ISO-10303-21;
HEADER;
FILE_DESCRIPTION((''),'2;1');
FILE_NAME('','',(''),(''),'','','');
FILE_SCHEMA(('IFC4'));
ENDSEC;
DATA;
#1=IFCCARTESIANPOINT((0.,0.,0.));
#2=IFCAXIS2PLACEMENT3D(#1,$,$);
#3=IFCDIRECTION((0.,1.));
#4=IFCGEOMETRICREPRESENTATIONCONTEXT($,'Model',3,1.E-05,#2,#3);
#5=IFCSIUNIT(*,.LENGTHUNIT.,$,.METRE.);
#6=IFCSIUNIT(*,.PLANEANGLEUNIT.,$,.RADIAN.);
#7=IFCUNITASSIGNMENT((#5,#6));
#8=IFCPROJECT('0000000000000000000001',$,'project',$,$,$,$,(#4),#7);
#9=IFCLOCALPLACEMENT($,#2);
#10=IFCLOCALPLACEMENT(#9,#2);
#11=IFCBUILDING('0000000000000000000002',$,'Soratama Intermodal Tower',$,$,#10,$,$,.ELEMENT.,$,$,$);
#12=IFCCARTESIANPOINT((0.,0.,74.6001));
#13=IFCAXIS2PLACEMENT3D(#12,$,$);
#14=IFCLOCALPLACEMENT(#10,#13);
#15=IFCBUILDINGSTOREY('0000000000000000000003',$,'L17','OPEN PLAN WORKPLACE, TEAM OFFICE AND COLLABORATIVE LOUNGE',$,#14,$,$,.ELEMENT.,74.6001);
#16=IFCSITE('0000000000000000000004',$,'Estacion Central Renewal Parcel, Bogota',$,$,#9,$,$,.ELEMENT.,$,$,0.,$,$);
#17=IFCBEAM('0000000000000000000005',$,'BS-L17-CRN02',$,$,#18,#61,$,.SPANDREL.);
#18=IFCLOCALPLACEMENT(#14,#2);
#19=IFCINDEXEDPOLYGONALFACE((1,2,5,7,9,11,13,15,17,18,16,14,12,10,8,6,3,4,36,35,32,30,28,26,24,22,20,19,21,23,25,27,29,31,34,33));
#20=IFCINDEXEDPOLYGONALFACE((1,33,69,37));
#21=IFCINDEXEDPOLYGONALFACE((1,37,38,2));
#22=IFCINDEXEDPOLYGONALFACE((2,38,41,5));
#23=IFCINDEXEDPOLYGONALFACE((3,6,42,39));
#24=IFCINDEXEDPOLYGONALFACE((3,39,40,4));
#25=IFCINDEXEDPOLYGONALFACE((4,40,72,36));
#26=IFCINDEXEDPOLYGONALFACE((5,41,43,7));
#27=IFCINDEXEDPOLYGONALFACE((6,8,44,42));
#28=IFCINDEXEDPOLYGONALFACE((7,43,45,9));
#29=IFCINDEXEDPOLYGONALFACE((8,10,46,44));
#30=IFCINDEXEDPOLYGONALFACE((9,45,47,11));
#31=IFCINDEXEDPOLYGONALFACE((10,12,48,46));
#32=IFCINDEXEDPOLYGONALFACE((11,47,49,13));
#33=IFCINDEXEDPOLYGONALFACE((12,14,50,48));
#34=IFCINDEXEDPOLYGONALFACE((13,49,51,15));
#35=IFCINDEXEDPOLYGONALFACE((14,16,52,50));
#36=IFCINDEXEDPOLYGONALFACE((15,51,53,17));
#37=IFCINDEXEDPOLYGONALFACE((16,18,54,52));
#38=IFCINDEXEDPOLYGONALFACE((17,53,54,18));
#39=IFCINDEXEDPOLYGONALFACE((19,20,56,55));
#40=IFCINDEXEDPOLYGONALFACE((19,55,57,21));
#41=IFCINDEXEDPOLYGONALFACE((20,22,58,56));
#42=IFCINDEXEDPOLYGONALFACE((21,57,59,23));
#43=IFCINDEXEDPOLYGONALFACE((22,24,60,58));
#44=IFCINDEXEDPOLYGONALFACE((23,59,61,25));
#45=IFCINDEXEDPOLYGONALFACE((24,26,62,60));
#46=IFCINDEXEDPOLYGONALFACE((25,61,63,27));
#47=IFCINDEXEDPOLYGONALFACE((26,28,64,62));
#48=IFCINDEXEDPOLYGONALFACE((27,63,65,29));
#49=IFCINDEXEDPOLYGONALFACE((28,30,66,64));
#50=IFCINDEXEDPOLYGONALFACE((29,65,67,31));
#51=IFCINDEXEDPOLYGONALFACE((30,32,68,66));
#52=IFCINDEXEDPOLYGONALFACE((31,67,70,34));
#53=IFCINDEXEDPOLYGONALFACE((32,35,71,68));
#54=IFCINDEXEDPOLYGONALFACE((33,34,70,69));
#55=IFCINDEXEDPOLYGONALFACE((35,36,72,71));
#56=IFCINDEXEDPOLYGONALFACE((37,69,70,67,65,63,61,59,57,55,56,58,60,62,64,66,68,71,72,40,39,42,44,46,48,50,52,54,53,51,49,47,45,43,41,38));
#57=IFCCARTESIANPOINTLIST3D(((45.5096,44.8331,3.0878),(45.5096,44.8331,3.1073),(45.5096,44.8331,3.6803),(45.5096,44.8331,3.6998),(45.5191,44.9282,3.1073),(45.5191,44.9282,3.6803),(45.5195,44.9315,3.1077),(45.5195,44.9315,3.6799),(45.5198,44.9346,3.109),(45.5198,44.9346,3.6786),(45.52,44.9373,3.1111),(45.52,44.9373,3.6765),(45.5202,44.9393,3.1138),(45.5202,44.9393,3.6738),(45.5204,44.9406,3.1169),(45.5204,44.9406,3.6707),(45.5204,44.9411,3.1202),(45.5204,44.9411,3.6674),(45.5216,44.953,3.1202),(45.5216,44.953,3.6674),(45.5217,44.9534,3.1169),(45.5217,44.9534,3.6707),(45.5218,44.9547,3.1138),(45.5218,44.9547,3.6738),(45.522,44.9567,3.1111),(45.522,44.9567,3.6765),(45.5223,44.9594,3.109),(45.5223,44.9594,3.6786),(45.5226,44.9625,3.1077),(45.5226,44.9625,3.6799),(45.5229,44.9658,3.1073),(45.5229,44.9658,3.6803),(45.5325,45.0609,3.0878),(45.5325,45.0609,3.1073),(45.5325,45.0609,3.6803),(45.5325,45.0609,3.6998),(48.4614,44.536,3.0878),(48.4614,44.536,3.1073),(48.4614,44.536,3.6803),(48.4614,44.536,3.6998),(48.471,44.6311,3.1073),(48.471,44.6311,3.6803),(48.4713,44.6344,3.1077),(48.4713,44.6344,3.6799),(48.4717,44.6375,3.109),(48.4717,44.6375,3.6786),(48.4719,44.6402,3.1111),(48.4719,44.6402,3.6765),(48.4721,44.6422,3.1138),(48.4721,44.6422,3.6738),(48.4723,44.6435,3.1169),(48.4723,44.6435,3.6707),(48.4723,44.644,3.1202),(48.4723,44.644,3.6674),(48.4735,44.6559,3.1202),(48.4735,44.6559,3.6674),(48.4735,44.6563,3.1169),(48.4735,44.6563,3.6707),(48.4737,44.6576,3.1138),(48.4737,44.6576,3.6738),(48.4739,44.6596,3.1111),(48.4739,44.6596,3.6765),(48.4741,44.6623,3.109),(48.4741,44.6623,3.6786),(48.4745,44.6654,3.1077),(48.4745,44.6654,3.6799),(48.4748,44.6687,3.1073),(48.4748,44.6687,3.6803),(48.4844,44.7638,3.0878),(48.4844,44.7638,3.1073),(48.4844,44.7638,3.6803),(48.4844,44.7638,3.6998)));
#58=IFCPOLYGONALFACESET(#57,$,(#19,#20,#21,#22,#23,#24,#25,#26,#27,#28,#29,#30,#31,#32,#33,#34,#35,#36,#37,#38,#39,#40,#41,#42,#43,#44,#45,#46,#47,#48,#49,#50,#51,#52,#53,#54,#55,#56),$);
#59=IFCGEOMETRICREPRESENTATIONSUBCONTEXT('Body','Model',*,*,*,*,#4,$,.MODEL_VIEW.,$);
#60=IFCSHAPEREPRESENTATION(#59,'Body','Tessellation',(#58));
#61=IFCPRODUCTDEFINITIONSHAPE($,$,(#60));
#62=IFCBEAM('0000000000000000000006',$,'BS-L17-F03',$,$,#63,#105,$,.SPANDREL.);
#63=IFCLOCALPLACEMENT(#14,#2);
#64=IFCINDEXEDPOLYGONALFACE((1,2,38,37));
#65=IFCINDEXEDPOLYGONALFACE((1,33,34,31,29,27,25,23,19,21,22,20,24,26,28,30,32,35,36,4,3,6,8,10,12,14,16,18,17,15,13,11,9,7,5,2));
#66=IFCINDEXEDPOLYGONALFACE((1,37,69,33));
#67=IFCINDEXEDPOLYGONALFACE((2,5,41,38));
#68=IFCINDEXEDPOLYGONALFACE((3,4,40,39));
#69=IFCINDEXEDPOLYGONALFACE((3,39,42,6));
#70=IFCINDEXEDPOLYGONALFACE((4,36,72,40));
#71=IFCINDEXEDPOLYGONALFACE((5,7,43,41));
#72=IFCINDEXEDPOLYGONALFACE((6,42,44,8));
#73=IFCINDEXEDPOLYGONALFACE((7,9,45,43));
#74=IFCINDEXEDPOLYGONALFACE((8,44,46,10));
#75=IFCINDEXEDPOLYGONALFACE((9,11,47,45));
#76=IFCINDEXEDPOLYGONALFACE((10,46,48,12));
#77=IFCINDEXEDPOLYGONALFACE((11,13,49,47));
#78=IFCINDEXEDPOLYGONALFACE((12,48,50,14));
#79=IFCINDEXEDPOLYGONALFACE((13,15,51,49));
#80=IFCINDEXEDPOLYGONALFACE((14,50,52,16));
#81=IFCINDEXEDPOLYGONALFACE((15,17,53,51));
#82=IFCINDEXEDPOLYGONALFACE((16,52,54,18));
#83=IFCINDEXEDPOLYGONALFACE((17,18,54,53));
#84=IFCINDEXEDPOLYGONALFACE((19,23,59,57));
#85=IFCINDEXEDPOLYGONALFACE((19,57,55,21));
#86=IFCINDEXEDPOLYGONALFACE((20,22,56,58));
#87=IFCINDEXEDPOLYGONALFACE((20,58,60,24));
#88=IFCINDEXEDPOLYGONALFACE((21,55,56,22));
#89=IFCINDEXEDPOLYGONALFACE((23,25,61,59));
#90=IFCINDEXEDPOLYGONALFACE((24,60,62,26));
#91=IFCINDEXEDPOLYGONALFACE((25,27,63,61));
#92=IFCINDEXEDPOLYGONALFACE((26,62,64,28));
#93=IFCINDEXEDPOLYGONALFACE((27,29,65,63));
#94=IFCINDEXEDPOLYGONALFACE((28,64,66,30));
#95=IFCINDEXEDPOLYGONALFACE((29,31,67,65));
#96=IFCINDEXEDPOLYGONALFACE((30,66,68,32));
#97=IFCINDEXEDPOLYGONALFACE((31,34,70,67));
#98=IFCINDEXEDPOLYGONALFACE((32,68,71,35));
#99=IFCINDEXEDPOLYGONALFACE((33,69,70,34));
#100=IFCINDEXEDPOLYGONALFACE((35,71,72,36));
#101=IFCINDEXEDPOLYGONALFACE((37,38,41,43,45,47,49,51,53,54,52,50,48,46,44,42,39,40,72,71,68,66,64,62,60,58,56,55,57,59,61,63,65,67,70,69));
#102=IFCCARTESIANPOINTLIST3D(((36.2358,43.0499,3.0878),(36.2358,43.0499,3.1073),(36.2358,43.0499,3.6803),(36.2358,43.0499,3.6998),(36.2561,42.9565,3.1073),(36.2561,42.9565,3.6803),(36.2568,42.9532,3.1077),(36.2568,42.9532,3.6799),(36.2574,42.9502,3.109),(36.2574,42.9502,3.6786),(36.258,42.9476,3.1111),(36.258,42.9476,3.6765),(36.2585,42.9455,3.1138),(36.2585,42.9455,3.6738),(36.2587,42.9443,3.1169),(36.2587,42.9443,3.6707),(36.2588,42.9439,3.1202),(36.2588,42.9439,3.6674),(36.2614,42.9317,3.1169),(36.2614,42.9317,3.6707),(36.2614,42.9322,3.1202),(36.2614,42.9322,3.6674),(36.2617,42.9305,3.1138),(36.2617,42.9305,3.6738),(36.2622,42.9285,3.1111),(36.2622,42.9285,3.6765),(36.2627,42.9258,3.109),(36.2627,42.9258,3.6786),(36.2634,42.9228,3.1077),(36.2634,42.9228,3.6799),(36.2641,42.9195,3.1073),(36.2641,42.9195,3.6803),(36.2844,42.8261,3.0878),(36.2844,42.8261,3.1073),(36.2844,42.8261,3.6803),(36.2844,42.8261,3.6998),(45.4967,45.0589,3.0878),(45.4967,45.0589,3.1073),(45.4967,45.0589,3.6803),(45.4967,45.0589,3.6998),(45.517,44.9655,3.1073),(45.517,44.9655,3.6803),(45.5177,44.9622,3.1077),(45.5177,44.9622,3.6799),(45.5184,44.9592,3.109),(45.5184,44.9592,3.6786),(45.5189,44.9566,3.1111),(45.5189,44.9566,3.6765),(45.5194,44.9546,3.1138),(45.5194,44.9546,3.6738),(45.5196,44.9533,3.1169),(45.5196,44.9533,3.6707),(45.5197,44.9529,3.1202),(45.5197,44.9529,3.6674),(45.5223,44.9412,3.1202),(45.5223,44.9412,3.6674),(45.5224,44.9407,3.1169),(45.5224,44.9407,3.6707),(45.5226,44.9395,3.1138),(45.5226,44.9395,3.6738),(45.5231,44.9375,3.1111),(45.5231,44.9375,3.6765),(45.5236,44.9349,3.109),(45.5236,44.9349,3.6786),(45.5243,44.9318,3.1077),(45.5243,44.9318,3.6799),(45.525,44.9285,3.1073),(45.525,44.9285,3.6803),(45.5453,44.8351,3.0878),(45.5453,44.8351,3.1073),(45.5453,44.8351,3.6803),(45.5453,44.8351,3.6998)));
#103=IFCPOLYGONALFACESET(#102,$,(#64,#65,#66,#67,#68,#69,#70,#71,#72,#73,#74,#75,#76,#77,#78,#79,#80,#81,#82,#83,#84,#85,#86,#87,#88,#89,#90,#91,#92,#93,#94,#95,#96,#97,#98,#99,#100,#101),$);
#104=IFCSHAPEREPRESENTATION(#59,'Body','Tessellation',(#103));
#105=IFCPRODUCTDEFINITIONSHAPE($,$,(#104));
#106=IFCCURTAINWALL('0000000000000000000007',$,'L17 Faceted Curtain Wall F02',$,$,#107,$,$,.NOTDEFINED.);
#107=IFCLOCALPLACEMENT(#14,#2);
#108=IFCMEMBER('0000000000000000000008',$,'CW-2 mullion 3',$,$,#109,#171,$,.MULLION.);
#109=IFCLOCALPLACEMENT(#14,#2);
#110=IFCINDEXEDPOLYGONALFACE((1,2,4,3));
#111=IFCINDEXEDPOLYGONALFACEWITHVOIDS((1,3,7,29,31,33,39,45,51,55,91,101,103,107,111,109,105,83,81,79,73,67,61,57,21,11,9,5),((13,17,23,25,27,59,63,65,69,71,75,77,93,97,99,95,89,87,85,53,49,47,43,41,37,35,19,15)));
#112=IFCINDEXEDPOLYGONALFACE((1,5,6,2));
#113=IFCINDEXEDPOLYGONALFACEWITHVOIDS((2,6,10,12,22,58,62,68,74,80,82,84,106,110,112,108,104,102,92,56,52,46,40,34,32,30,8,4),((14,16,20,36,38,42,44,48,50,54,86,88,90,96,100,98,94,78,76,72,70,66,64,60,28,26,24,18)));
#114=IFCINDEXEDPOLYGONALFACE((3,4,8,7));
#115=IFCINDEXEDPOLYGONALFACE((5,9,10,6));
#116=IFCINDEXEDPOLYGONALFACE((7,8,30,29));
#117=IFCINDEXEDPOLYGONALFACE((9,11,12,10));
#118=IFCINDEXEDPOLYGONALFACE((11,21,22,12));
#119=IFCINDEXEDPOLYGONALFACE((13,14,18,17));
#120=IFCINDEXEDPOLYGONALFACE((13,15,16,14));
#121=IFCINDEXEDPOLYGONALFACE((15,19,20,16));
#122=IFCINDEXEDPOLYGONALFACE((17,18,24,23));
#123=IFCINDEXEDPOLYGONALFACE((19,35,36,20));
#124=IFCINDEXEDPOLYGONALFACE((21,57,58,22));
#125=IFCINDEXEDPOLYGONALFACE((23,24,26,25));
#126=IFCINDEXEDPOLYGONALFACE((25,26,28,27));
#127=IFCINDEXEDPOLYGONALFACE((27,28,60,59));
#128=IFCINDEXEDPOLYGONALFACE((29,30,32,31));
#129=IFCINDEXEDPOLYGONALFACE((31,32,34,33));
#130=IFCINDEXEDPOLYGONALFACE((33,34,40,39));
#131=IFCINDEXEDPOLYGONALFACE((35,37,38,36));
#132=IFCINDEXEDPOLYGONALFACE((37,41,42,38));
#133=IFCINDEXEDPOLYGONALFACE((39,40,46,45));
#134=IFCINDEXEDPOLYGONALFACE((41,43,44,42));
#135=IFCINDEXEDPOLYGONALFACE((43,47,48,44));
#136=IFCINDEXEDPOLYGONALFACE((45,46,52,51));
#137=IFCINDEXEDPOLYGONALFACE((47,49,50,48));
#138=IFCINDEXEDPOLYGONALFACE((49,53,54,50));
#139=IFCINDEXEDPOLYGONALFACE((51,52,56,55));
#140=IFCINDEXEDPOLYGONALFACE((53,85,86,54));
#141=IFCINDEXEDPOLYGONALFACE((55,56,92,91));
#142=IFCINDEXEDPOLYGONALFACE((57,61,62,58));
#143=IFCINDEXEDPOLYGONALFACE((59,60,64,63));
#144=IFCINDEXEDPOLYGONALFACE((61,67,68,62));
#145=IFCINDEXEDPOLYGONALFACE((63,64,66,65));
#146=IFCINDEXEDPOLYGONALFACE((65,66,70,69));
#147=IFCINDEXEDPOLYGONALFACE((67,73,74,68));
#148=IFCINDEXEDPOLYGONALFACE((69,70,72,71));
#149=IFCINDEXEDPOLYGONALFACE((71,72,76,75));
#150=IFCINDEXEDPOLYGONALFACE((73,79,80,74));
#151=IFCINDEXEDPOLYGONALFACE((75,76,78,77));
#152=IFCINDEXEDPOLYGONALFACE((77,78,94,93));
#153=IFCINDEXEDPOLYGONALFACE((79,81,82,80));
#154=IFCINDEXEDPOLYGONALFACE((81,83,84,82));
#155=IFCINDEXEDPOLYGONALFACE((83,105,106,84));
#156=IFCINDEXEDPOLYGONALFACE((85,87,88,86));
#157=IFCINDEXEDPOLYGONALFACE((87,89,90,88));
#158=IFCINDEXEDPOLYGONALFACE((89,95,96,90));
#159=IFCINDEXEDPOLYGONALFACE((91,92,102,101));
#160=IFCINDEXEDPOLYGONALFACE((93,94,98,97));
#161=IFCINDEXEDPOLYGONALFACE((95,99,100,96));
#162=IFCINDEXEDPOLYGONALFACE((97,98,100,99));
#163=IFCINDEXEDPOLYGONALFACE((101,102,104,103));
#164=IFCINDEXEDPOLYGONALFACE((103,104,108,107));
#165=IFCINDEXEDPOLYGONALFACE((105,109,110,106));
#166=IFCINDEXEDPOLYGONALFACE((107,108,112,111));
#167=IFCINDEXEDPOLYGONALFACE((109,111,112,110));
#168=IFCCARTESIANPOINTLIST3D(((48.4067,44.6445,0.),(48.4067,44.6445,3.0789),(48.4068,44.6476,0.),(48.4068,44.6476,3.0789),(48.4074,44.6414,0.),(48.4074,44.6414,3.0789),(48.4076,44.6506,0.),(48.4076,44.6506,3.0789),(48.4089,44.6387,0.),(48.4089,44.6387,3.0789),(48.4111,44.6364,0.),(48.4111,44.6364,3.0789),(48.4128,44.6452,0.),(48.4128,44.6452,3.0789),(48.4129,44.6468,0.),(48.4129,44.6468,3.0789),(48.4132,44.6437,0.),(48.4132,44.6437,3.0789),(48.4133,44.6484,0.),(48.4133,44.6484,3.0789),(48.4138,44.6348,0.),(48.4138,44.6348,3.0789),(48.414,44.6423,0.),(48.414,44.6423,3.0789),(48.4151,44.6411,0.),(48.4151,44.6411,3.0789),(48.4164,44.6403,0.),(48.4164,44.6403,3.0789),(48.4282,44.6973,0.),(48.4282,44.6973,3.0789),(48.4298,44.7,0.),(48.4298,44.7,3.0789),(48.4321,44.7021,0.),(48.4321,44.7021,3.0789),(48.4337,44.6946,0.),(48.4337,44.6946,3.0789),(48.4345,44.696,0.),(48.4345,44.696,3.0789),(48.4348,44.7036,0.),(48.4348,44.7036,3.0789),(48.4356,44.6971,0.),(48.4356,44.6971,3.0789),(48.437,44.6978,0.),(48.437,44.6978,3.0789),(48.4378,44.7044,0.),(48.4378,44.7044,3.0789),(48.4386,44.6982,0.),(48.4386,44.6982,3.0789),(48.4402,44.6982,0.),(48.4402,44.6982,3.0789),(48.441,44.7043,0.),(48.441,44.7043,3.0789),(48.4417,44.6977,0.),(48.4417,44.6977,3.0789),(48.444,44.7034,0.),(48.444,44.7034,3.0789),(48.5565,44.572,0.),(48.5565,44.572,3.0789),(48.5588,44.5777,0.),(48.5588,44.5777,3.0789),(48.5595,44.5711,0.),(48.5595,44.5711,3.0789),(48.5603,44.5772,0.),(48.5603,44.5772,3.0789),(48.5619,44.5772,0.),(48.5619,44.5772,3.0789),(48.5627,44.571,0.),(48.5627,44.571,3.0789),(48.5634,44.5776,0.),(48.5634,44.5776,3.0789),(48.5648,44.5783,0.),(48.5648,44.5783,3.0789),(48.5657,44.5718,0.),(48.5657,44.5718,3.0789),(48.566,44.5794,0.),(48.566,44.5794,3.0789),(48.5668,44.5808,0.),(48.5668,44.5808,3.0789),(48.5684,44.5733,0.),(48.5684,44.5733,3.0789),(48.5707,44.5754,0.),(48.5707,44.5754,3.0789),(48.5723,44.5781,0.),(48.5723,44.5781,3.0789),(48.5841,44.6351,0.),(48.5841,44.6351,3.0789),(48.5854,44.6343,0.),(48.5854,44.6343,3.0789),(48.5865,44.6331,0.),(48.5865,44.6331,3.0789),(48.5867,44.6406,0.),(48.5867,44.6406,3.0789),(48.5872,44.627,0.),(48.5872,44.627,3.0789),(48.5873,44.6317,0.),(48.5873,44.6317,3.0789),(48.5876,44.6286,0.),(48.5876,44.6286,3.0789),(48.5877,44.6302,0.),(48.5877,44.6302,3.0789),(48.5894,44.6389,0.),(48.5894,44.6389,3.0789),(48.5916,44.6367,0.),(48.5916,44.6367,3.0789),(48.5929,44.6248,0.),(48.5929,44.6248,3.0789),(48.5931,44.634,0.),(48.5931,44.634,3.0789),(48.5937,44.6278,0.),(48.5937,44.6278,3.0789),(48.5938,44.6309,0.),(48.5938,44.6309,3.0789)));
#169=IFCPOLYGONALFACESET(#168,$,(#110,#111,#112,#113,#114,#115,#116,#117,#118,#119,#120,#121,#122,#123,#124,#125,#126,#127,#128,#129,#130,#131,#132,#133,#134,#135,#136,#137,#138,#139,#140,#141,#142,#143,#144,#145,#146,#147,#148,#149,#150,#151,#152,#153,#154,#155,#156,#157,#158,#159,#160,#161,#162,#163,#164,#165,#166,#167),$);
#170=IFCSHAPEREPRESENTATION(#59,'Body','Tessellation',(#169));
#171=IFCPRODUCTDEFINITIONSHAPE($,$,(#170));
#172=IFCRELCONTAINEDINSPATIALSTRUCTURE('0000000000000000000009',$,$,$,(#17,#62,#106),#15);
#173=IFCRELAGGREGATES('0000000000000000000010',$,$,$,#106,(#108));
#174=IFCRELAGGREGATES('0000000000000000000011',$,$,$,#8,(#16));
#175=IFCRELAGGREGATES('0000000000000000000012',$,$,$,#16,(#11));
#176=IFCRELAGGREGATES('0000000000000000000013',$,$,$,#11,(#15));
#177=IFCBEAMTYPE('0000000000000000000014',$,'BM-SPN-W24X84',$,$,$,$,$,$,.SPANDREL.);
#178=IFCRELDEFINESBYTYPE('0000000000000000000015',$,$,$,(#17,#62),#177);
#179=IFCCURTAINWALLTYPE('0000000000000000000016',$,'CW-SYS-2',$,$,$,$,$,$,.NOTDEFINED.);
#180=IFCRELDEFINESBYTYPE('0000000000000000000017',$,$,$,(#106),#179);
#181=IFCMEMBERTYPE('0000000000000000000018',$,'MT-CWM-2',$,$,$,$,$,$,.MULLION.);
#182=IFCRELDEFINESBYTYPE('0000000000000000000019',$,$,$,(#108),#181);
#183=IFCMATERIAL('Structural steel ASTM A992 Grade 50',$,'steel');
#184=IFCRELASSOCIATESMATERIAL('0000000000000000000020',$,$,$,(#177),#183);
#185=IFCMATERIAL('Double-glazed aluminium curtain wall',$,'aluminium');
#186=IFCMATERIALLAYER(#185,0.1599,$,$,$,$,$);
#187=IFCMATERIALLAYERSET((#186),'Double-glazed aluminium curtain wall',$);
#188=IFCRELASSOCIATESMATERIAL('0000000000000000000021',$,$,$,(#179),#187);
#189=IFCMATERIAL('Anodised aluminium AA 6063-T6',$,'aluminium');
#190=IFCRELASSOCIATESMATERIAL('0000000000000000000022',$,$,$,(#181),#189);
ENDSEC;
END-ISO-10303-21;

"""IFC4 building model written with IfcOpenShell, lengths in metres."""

from ifc_helpers import new_model, si_unit, direction, frame, origin, origin_2d, place, context, subcontext, project, spatial, hollow_rectangle, i_section, extrude, material, layer, layer_set, material_profile, profile_set, type_object, element, aggregate, save


model = new_model("IFC4")

# Units and contexts
model_context = context("Model", 3, precision=1e-05, world=origin(), true_north=direction((0.0, 1.0)))
body_context = subcontext(model_context, "Body", "Model", "MODEL_VIEW")
ifc_project = project(units=[si_unit("LENGTHUNIT", "METRE"), si_unit("PLANEANGLEUNIT", "RADIAN")], contexts=[model_context])

# Site, building, storey
site_placement = place(None, origin())
site = spatial("IfcSite", under=ifc_project, at=site_placement, Name="Estacion Central Renewal Parcel, Bogota", CompositionType="ELEMENT", RefElevation=0.0)
building_placement = place(site_placement, origin())
building = spatial("IfcBuilding", under=site, at=building_placement, Name="Soratama Intermodal Tower", CompositionType="ELEMENT")
storey_placement = place(building_placement, frame((0.0, 0.0, 74.6001)))
storey = spatial("IfcBuildingStorey", under=building, at=storey_placement, Name="L17", Description="OPEN PLAN WORKPLACE, TEAM OFFICE AND COLLABORATIVE LOUNGE", CompositionType="ELEMENT", Elevation=74.6001)

# Beams
ifc_material_1 = material(Name="Structural steel ASTM A992 Grade 50", Category="steel")
ifc_material_profile_1 = material_profile(ifc_material_1, i_section(OverallWidth=0.229, OverallDepth=0.6121, WebThickness=0.012, FlangeThickness=0.0195, FilletRadius=0.0129, at=origin_2d()), Name="W24X84")
ifc_profile_set_1 = profile_set([ifc_material_profile_1], Name="Structural steel ASTM A992 Grade 50")
beam_type_1 = type_object("IfcBeamType", Name="BM-SPN-W24X84", PredefinedType="SPANDREL", material=ifc_profile_set_1)
beam_1_placement = place(storey_placement, frame((48.4729, 44.6499, 3.3938), z_axis=(-0.994973, 0.100147, 0.0), x_axis=(-0.100147, -0.994973, 0.0)))
element("IfcBeam", 1, at=beam_1_placement, inside=storey, type_object=beam_type_1, Name="BS-L17-CRN02", PredefinedType="SPANDREL", context=body_context, shape_type="SweptSolid", body=[
    extrude(i_section(OverallWidth=0.229, OverallDepth=0.6121, WebThickness=0.012, FlangeThickness=0.0195, FilletRadius=0.0129, at=origin_2d()), origin(), (0.0, 0.0, 1.0), 2.9668),
])
beam_2_placement = place(storey_placement, frame((45.521, 44.947, 3.3938), z_axis=(-0.977269, -0.212004, 0.0), x_axis=(0.212004, -0.977269, 0.0)))
element("IfcBeam", 2, at=beam_2_placement, inside=storey, type_object=beam_type_1, Name="BS-L17-F03", PredefinedType="SPANDREL", context=body_context, shape_type="SweptSolid", body=[
    extrude(i_section(OverallWidth=0.229, OverallDepth=0.6121, WebThickness=0.012, FlangeThickness=0.0195, FilletRadius=0.0129, at=origin_2d()), origin(), (0.0, 0.0, 1.0), 9.4763),
])

# Curtain wall, member
ifc_material_2 = material(Name="Double-glazed aluminium curtain wall", Category="aluminium")
ifc_layer_1 = layer(ifc_material_2, 0.1599)
ifc_layer_set_1 = layer_set([ifc_layer_1], Name="Double-glazed aluminium curtain wall")
curtain_wall_type = type_object("IfcCurtainWallType", Name="CW-SYS-2", PredefinedType="NOTDEFINED", material=ifc_layer_set_1)
curtain_wall_1_placement = place(storey_placement, origin())
curtain_wall_1 = element("IfcCurtainWall", 3, at=curtain_wall_1_placement, inside=storey, type_object=curtain_wall_type, Name="L17 Faceted Curtain Wall F02", PredefinedType="NOTDEFINED")
ifc_material_3 = material(Name="Anodised aluminium AA 6063-T6", Category="aluminium")
ifc_material_profile_2 = material_profile(ifc_material_3, hollow_rectangle(XDim=0.075, YDim=0.1799, WallThickness=0.0061, InnerFilletRadius=0.0061, OuterFilletRadius=0.012, at=origin_2d()), Name="CWM180X75X6")
ifc_profile_set_2 = profile_set([ifc_material_profile_2], Name="Anodised aluminium AA 6063-T6")
member_type_1 = type_object("IfcMemberType", Name="MT-CWM-2", PredefinedType="MULLION", material=ifc_profile_set_2)
member_1_placement = place(storey_placement, frame((48.5002, 44.6377, 0.0), z_axis=(0.0, 0.0, 1.0), x_axis=(-0.402904, -0.915242, 0.0)))
member_1 = element("IfcMember", 4, at=member_1_placement, type_object=member_type_1, Name="CW-2 mullion 3", PredefinedType="MULLION", context=body_context, shape_type="SweptSolid", body=[
    extrude(hollow_rectangle(XDim=0.075, YDim=0.1799, WallThickness=0.0061, InnerFilletRadius=0.0061, OuterFilletRadius=0.012, at=origin_2d()), origin(), (0.0, 0.0, 1.0), 3.0789),
])

aggregate(curtain_wall_1, [member_1])

save(model, "model.ifc")
